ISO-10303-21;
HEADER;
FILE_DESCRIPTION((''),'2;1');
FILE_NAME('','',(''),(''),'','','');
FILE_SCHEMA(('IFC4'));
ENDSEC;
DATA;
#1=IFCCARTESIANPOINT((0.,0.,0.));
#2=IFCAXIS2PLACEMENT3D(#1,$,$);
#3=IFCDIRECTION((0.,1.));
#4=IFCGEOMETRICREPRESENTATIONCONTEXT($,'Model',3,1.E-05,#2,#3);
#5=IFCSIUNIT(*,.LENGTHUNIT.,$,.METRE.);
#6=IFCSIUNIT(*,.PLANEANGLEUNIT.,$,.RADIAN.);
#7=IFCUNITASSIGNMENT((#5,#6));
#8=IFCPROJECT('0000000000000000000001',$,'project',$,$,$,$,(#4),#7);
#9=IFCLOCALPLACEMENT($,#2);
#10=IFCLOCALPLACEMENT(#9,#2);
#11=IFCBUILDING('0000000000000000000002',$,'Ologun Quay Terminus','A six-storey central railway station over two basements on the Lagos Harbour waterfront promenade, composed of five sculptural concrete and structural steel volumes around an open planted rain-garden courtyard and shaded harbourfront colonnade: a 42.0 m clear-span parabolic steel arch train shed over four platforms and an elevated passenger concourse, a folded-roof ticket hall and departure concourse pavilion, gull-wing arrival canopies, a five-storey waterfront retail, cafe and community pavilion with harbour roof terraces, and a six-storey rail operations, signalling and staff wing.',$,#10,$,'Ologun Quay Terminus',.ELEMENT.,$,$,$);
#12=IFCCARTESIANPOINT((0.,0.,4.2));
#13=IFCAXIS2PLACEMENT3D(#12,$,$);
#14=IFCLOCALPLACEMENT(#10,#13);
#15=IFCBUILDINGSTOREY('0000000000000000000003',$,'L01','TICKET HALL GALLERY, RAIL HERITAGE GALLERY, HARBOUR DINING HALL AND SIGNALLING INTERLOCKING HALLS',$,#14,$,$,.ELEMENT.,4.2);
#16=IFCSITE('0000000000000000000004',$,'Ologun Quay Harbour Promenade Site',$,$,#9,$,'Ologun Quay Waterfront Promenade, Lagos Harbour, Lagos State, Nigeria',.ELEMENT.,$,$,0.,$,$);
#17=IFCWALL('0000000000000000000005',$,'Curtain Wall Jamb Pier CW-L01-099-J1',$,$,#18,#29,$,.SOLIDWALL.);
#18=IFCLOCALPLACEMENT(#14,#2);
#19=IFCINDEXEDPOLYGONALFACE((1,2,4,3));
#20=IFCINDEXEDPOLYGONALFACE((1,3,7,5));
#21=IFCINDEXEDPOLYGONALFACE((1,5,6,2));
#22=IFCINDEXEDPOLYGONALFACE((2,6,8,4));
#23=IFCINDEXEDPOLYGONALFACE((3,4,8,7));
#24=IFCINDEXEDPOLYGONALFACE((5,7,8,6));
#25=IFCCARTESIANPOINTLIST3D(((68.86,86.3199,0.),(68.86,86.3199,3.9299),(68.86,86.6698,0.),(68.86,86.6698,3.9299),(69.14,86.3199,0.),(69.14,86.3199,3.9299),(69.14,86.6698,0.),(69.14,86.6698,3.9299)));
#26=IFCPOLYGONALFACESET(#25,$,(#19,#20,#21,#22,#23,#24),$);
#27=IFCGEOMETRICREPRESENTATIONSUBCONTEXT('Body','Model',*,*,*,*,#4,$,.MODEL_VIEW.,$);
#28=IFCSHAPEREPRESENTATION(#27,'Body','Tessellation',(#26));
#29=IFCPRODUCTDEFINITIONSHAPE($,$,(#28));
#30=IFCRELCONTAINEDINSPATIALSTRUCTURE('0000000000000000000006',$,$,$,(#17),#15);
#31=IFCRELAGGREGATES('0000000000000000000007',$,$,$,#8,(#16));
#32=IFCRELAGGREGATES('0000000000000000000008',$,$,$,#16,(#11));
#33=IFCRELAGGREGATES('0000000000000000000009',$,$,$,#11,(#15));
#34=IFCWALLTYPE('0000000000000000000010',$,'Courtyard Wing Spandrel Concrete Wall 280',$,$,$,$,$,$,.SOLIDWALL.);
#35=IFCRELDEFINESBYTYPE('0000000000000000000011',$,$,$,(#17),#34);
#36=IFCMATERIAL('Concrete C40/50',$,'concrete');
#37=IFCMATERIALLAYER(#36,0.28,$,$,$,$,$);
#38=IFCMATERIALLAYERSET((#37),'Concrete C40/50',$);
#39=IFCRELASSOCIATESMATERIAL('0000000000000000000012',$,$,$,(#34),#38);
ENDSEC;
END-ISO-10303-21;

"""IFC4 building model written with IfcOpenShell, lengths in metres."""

from ifc_helpers import new_model, si_unit, direction, frame, frame_2d, origin, place, context, subcontext, project, spatial, rectangle, extrude, material, layer, layer_set, type_object, element, save


model = new_model("IFC4")

# Units and contexts
model_context = context("Model", 3, precision=1e-05, world=origin(), true_north=direction((0.0, 1.0)))
body_context = subcontext(model_context, "Body", "Model", "MODEL_VIEW")
ifc_project = project(units=[si_unit("LENGTHUNIT", "METRE"), si_unit("PLANEANGLEUNIT", "RADIAN")], contexts=[model_context])

# Site, building, storey
site_placement = place(None, origin())
site = spatial("IfcSite", under=ifc_project, at=site_placement, Name="Ologun Quay Harbour Promenade Site", LongName="Ologun Quay Waterfront Promenade, Lagos Harbour, Lagos State, Nigeria", CompositionType="ELEMENT", RefElevation=0.0)
building_placement = place(site_placement, origin())
building = spatial("IfcBuilding", under=site, at=building_placement, Name="Ologun Quay Terminus", Description="A six-storey central railway station over two basements on the Lagos Harbour waterfront promenade, composed of five sculptural concrete and structural steel volumes around an open planted rain-garden courtyard and shaded harbourfront colonnade: a 42.0 m clear-span parabolic steel arch train shed over four platforms and an elevated passenger concourse, a folded-roof ticket hall and departure concourse pavilion, gull-wing arrival canopies, a five-storey waterfront retail, cafe and community pavilion with harbour roof terraces, and a six-storey rail operations, signalling and staff wing.", LongName="Ologun Quay Terminus", CompositionType="ELEMENT")
storey_placement = place(building_placement, frame((0.0, 0.0, 4.2)))
storey = spatial("IfcBuildingStorey", under=building, at=storey_placement, Name="L01", Description="TICKET HALL GALLERY, RAIL HERITAGE GALLERY, HARBOUR DINING HALL AND SIGNALLING INTERLOCKING HALLS", CompositionType="ELEMENT", Elevation=4.2)

# Wall
ifc_material_1 = material(Name="Concrete C40/50", Category="concrete")
ifc_layer_1 = layer(ifc_material_1, 0.28)
ifc_layer_set_1 = layer_set([ifc_layer_1], Name="Concrete C40/50")
wall_type = type_object("IfcWallType", Name="Courtyard Wing Spandrel Concrete Wall 280", PredefinedType="SOLIDWALL", material=ifc_layer_set_1)
wall_1_placement = place(storey_placement, frame((69.0, 86.3201, 0.0), z_axis=(0.0, 0.0, 1.0), x_axis=(0.0, 1.0, 0.0)))
element("IfcWall", 1, at=wall_1_placement, inside=storey, type_object=wall_type, Name="Curtain Wall Jamb Pier CW-L01-099-J1", PredefinedType="SOLIDWALL", context=body_context, shape_type="SweptSolid", body=[
    extrude(rectangle(XDim=0.3499, YDim=0.28, at=frame_2d((0.1748, 0.0))), origin(), (0.0, 0.0, 1.0), 3.9299),
])

save(model, "model.ifc")
